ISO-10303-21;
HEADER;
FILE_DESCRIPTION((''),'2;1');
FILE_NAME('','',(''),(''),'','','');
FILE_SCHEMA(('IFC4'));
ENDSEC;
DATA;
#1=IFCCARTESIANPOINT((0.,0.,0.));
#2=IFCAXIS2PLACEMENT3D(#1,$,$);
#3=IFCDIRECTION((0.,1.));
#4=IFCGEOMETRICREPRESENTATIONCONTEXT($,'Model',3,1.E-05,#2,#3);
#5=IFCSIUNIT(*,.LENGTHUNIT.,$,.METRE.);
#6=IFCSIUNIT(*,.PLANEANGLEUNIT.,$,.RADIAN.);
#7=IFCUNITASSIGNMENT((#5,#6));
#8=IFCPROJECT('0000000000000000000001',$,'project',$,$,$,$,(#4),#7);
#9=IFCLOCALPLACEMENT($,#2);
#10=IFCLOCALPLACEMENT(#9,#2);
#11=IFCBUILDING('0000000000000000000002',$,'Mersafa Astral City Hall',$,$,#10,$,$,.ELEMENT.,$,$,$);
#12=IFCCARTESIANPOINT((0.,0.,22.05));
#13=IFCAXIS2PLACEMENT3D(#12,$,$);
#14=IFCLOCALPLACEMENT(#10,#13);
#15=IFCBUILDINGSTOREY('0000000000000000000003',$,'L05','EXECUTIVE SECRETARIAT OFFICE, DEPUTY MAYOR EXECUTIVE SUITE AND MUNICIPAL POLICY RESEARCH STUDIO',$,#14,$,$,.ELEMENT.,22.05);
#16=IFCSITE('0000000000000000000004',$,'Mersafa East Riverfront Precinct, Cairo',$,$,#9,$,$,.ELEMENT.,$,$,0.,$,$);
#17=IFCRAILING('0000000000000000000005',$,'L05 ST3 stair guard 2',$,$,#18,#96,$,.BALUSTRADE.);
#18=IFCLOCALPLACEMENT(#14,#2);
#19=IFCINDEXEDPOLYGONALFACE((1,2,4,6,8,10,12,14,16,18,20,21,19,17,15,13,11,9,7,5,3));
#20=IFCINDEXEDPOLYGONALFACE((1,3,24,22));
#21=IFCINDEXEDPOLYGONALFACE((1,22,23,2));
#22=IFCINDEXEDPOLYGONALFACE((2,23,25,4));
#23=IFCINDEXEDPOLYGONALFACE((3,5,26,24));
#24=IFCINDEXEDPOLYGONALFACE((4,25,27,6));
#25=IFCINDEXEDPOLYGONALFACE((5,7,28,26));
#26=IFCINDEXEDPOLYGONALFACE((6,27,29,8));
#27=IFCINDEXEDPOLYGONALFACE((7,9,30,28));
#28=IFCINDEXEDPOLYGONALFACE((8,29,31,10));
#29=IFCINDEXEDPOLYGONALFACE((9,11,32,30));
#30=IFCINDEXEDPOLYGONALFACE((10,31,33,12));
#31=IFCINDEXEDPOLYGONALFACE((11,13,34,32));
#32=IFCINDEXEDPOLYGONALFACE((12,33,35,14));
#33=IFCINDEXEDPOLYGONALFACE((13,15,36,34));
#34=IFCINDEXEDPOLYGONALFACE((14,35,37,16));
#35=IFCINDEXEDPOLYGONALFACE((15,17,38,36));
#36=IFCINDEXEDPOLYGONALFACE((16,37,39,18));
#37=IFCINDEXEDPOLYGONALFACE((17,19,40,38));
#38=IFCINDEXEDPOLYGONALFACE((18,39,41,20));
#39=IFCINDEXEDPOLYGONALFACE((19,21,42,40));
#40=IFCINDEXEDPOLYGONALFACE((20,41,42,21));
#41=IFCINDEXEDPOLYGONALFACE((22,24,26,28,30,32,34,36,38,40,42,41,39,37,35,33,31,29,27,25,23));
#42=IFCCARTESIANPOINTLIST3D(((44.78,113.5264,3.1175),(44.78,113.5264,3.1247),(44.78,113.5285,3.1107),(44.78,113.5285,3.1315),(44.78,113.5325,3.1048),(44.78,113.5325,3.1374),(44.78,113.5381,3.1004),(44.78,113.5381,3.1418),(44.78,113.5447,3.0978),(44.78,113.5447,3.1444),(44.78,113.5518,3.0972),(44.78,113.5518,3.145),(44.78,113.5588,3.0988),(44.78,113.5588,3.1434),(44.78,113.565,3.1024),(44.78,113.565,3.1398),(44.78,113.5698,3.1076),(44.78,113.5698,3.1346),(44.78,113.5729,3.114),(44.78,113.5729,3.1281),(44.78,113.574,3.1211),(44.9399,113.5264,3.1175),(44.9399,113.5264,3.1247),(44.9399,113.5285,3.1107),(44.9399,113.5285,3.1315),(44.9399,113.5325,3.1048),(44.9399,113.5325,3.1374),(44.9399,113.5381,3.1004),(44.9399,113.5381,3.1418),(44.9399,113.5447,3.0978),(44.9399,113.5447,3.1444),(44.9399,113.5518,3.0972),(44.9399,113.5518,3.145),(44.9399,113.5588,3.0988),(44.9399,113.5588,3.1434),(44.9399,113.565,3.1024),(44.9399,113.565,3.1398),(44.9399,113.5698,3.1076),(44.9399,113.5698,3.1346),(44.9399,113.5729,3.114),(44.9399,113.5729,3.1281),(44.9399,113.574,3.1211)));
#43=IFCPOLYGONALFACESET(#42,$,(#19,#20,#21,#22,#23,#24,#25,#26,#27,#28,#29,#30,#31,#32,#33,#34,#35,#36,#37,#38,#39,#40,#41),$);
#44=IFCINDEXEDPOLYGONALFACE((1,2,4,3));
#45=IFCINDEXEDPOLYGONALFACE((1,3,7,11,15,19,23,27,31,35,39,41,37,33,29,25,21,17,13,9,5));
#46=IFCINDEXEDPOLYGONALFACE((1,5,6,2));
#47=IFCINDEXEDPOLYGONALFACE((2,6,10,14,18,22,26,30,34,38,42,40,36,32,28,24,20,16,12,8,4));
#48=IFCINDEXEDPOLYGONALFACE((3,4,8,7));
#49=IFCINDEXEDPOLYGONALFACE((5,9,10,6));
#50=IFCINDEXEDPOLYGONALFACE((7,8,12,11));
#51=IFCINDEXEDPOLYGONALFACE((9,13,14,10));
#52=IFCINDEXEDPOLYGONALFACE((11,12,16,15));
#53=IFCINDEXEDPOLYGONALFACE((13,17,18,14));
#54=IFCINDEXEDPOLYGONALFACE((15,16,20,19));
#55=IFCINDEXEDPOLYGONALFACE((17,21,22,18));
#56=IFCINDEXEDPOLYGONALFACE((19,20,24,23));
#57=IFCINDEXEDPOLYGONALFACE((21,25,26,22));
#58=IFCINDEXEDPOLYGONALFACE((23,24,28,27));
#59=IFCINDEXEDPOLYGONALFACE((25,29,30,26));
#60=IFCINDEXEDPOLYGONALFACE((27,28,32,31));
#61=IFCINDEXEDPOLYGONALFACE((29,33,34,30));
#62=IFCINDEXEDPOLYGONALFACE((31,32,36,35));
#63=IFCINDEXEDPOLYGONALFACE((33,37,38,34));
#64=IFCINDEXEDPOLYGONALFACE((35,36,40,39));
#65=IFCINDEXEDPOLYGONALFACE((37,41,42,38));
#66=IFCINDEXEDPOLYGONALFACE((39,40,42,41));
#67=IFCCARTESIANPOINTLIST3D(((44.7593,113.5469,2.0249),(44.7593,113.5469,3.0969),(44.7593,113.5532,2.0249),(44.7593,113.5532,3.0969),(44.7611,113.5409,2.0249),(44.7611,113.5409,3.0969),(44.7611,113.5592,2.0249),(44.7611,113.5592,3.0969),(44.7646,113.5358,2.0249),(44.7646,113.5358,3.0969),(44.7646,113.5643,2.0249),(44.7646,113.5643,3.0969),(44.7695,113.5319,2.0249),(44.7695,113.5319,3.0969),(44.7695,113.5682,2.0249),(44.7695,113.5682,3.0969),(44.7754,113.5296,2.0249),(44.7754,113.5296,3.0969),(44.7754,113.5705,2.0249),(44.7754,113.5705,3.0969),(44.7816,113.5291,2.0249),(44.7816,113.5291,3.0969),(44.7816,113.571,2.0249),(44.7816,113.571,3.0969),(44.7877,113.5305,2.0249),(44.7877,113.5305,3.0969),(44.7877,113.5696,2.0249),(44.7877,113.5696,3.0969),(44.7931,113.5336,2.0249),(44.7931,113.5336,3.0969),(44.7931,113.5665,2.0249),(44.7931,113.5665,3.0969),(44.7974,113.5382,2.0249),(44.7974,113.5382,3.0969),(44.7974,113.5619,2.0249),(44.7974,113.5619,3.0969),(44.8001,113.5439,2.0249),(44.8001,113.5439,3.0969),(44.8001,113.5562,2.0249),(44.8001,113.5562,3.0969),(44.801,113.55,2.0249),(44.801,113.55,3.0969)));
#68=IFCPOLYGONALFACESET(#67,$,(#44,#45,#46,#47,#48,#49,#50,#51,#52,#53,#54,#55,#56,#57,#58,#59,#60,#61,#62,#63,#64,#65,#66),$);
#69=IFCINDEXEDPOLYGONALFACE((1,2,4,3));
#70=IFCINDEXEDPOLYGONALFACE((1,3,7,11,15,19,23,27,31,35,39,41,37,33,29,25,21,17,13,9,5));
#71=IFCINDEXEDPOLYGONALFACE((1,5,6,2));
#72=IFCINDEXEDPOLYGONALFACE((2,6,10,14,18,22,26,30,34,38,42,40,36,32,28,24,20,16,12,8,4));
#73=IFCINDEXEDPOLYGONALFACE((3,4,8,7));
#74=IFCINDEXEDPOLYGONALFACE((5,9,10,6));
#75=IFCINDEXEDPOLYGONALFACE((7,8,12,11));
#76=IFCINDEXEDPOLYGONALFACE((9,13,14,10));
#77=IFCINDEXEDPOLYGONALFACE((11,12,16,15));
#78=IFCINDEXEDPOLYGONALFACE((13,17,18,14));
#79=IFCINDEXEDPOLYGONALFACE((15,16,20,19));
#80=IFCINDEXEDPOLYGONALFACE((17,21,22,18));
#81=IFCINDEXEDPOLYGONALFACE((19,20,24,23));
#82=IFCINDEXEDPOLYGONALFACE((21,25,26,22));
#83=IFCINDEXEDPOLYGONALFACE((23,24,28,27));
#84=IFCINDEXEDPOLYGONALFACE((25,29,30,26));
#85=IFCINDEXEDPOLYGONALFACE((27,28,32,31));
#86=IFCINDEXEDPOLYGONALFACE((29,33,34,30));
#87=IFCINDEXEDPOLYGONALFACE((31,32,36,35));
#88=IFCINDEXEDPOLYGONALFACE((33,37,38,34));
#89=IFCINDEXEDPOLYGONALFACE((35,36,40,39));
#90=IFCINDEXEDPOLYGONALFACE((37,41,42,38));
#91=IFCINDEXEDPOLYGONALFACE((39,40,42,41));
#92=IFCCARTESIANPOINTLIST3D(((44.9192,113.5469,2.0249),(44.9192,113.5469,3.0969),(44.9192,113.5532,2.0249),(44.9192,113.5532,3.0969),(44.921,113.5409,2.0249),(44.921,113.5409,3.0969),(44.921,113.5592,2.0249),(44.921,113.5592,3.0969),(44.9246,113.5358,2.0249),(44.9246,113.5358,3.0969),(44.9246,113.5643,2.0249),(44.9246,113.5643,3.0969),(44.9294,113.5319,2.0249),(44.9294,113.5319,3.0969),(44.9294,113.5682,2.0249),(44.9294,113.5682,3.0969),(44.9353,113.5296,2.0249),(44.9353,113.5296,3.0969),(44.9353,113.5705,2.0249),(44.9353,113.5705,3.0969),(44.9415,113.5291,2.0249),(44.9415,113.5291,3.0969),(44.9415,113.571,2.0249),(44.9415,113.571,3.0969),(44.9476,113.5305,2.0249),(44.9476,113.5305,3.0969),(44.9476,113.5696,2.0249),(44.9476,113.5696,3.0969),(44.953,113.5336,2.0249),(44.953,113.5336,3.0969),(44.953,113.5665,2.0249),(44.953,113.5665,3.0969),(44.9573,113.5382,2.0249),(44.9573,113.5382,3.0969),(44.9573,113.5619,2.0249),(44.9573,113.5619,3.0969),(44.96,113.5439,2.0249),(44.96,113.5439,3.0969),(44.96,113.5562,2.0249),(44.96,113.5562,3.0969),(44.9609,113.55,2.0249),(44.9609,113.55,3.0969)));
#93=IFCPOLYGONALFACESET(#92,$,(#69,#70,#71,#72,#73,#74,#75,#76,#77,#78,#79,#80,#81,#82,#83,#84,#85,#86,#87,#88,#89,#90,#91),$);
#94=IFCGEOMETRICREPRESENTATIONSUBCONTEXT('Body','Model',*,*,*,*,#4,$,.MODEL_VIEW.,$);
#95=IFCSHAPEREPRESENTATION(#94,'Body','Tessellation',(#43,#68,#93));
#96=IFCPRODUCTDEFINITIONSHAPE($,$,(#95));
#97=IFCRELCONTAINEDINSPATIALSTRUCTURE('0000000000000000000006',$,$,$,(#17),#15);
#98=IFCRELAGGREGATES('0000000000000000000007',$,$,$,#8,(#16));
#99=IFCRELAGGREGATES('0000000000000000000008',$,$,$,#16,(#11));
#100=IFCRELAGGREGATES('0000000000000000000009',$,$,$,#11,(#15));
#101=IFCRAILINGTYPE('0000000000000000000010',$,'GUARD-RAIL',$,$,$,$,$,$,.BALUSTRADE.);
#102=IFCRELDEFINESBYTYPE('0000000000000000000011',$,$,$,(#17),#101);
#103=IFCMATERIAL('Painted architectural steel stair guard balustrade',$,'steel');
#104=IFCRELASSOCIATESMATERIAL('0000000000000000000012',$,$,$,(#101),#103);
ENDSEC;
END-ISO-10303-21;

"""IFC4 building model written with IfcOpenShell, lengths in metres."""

from ifc_helpers import new_model, si_unit, direction, frame, origin, origin_2d, place, context, subcontext, project, spatial, circle, extrude, material, type_object, element, save


model = new_model("IFC4")

# Units and contexts
model_context = context("Model", 3, precision=1e-05, world=origin(), true_north=direction((0.0, 1.0)))
body_context = subcontext(model_context, "Body", "Model", "MODEL_VIEW")
ifc_project = project(units=[si_unit("LENGTHUNIT", "METRE"), si_unit("PLANEANGLEUNIT", "RADIAN")], contexts=[model_context])

# Site, building, storey
site_placement = place(None, origin())
site = spatial("IfcSite", under=ifc_project, at=site_placement, Name="Mersafa East Riverfront Precinct, Cairo", CompositionType="ELEMENT", RefElevation=0.0)
building_placement = place(site_placement, origin())
building = spatial("IfcBuilding", under=site, at=building_placement, Name="Mersafa Astral City Hall", CompositionType="ELEMENT")
storey_placement = place(building_placement, frame((0.0, 0.0, 22.05)))
storey = spatial("IfcBuildingStorey", under=building, at=storey_placement, Name="L05", Description="EXECUTIVE SECRETARIAT OFFICE, DEPUTY MAYOR EXECUTIVE SUITE AND MUNICIPAL POLICY RESEARCH STUDIO", CompositionType="ELEMENT", Elevation=22.05)

# Railing
ifc_material_1 = material(Name="Painted architectural steel stair guard balustrade", Category="steel")
railing_type_1 = type_object("IfcRailingType", Name="GUARD-RAIL", PredefinedType="BALUSTRADE", material=ifc_material_1)
railing_1_placement = place(storey_placement, frame((44.78, 113.55, 2.0249)))
element("IfcRailing", 1, at=railing_1_placement, inside=storey, type_object=railing_type_1, Name="L05 ST3 stair guard 2", PredefinedType="BALUSTRADE", context=body_context, shape_type="SweptSolid", body=[
    extrude(circle(Radius=0.0239, at=origin_2d()), frame((0.0, 0.0, 1.0962), z_axis=(1.0, 0.0, 0.0), x_axis=(0.0, 1.0, 0.0)), (0.0, 0.0, 1.0), 0.1599),
    extrude(circle(Radius=0.021, at=origin_2d()), origin(), (0.0, 0.0, 1.0), 1.072),
    extrude(circle(Radius=0.021, at=origin_2d()), frame((0.1599, 0.0, 0.0)), (0.0, 0.0, 1.0), 1.072),
])

save(model, "model.ifc")
